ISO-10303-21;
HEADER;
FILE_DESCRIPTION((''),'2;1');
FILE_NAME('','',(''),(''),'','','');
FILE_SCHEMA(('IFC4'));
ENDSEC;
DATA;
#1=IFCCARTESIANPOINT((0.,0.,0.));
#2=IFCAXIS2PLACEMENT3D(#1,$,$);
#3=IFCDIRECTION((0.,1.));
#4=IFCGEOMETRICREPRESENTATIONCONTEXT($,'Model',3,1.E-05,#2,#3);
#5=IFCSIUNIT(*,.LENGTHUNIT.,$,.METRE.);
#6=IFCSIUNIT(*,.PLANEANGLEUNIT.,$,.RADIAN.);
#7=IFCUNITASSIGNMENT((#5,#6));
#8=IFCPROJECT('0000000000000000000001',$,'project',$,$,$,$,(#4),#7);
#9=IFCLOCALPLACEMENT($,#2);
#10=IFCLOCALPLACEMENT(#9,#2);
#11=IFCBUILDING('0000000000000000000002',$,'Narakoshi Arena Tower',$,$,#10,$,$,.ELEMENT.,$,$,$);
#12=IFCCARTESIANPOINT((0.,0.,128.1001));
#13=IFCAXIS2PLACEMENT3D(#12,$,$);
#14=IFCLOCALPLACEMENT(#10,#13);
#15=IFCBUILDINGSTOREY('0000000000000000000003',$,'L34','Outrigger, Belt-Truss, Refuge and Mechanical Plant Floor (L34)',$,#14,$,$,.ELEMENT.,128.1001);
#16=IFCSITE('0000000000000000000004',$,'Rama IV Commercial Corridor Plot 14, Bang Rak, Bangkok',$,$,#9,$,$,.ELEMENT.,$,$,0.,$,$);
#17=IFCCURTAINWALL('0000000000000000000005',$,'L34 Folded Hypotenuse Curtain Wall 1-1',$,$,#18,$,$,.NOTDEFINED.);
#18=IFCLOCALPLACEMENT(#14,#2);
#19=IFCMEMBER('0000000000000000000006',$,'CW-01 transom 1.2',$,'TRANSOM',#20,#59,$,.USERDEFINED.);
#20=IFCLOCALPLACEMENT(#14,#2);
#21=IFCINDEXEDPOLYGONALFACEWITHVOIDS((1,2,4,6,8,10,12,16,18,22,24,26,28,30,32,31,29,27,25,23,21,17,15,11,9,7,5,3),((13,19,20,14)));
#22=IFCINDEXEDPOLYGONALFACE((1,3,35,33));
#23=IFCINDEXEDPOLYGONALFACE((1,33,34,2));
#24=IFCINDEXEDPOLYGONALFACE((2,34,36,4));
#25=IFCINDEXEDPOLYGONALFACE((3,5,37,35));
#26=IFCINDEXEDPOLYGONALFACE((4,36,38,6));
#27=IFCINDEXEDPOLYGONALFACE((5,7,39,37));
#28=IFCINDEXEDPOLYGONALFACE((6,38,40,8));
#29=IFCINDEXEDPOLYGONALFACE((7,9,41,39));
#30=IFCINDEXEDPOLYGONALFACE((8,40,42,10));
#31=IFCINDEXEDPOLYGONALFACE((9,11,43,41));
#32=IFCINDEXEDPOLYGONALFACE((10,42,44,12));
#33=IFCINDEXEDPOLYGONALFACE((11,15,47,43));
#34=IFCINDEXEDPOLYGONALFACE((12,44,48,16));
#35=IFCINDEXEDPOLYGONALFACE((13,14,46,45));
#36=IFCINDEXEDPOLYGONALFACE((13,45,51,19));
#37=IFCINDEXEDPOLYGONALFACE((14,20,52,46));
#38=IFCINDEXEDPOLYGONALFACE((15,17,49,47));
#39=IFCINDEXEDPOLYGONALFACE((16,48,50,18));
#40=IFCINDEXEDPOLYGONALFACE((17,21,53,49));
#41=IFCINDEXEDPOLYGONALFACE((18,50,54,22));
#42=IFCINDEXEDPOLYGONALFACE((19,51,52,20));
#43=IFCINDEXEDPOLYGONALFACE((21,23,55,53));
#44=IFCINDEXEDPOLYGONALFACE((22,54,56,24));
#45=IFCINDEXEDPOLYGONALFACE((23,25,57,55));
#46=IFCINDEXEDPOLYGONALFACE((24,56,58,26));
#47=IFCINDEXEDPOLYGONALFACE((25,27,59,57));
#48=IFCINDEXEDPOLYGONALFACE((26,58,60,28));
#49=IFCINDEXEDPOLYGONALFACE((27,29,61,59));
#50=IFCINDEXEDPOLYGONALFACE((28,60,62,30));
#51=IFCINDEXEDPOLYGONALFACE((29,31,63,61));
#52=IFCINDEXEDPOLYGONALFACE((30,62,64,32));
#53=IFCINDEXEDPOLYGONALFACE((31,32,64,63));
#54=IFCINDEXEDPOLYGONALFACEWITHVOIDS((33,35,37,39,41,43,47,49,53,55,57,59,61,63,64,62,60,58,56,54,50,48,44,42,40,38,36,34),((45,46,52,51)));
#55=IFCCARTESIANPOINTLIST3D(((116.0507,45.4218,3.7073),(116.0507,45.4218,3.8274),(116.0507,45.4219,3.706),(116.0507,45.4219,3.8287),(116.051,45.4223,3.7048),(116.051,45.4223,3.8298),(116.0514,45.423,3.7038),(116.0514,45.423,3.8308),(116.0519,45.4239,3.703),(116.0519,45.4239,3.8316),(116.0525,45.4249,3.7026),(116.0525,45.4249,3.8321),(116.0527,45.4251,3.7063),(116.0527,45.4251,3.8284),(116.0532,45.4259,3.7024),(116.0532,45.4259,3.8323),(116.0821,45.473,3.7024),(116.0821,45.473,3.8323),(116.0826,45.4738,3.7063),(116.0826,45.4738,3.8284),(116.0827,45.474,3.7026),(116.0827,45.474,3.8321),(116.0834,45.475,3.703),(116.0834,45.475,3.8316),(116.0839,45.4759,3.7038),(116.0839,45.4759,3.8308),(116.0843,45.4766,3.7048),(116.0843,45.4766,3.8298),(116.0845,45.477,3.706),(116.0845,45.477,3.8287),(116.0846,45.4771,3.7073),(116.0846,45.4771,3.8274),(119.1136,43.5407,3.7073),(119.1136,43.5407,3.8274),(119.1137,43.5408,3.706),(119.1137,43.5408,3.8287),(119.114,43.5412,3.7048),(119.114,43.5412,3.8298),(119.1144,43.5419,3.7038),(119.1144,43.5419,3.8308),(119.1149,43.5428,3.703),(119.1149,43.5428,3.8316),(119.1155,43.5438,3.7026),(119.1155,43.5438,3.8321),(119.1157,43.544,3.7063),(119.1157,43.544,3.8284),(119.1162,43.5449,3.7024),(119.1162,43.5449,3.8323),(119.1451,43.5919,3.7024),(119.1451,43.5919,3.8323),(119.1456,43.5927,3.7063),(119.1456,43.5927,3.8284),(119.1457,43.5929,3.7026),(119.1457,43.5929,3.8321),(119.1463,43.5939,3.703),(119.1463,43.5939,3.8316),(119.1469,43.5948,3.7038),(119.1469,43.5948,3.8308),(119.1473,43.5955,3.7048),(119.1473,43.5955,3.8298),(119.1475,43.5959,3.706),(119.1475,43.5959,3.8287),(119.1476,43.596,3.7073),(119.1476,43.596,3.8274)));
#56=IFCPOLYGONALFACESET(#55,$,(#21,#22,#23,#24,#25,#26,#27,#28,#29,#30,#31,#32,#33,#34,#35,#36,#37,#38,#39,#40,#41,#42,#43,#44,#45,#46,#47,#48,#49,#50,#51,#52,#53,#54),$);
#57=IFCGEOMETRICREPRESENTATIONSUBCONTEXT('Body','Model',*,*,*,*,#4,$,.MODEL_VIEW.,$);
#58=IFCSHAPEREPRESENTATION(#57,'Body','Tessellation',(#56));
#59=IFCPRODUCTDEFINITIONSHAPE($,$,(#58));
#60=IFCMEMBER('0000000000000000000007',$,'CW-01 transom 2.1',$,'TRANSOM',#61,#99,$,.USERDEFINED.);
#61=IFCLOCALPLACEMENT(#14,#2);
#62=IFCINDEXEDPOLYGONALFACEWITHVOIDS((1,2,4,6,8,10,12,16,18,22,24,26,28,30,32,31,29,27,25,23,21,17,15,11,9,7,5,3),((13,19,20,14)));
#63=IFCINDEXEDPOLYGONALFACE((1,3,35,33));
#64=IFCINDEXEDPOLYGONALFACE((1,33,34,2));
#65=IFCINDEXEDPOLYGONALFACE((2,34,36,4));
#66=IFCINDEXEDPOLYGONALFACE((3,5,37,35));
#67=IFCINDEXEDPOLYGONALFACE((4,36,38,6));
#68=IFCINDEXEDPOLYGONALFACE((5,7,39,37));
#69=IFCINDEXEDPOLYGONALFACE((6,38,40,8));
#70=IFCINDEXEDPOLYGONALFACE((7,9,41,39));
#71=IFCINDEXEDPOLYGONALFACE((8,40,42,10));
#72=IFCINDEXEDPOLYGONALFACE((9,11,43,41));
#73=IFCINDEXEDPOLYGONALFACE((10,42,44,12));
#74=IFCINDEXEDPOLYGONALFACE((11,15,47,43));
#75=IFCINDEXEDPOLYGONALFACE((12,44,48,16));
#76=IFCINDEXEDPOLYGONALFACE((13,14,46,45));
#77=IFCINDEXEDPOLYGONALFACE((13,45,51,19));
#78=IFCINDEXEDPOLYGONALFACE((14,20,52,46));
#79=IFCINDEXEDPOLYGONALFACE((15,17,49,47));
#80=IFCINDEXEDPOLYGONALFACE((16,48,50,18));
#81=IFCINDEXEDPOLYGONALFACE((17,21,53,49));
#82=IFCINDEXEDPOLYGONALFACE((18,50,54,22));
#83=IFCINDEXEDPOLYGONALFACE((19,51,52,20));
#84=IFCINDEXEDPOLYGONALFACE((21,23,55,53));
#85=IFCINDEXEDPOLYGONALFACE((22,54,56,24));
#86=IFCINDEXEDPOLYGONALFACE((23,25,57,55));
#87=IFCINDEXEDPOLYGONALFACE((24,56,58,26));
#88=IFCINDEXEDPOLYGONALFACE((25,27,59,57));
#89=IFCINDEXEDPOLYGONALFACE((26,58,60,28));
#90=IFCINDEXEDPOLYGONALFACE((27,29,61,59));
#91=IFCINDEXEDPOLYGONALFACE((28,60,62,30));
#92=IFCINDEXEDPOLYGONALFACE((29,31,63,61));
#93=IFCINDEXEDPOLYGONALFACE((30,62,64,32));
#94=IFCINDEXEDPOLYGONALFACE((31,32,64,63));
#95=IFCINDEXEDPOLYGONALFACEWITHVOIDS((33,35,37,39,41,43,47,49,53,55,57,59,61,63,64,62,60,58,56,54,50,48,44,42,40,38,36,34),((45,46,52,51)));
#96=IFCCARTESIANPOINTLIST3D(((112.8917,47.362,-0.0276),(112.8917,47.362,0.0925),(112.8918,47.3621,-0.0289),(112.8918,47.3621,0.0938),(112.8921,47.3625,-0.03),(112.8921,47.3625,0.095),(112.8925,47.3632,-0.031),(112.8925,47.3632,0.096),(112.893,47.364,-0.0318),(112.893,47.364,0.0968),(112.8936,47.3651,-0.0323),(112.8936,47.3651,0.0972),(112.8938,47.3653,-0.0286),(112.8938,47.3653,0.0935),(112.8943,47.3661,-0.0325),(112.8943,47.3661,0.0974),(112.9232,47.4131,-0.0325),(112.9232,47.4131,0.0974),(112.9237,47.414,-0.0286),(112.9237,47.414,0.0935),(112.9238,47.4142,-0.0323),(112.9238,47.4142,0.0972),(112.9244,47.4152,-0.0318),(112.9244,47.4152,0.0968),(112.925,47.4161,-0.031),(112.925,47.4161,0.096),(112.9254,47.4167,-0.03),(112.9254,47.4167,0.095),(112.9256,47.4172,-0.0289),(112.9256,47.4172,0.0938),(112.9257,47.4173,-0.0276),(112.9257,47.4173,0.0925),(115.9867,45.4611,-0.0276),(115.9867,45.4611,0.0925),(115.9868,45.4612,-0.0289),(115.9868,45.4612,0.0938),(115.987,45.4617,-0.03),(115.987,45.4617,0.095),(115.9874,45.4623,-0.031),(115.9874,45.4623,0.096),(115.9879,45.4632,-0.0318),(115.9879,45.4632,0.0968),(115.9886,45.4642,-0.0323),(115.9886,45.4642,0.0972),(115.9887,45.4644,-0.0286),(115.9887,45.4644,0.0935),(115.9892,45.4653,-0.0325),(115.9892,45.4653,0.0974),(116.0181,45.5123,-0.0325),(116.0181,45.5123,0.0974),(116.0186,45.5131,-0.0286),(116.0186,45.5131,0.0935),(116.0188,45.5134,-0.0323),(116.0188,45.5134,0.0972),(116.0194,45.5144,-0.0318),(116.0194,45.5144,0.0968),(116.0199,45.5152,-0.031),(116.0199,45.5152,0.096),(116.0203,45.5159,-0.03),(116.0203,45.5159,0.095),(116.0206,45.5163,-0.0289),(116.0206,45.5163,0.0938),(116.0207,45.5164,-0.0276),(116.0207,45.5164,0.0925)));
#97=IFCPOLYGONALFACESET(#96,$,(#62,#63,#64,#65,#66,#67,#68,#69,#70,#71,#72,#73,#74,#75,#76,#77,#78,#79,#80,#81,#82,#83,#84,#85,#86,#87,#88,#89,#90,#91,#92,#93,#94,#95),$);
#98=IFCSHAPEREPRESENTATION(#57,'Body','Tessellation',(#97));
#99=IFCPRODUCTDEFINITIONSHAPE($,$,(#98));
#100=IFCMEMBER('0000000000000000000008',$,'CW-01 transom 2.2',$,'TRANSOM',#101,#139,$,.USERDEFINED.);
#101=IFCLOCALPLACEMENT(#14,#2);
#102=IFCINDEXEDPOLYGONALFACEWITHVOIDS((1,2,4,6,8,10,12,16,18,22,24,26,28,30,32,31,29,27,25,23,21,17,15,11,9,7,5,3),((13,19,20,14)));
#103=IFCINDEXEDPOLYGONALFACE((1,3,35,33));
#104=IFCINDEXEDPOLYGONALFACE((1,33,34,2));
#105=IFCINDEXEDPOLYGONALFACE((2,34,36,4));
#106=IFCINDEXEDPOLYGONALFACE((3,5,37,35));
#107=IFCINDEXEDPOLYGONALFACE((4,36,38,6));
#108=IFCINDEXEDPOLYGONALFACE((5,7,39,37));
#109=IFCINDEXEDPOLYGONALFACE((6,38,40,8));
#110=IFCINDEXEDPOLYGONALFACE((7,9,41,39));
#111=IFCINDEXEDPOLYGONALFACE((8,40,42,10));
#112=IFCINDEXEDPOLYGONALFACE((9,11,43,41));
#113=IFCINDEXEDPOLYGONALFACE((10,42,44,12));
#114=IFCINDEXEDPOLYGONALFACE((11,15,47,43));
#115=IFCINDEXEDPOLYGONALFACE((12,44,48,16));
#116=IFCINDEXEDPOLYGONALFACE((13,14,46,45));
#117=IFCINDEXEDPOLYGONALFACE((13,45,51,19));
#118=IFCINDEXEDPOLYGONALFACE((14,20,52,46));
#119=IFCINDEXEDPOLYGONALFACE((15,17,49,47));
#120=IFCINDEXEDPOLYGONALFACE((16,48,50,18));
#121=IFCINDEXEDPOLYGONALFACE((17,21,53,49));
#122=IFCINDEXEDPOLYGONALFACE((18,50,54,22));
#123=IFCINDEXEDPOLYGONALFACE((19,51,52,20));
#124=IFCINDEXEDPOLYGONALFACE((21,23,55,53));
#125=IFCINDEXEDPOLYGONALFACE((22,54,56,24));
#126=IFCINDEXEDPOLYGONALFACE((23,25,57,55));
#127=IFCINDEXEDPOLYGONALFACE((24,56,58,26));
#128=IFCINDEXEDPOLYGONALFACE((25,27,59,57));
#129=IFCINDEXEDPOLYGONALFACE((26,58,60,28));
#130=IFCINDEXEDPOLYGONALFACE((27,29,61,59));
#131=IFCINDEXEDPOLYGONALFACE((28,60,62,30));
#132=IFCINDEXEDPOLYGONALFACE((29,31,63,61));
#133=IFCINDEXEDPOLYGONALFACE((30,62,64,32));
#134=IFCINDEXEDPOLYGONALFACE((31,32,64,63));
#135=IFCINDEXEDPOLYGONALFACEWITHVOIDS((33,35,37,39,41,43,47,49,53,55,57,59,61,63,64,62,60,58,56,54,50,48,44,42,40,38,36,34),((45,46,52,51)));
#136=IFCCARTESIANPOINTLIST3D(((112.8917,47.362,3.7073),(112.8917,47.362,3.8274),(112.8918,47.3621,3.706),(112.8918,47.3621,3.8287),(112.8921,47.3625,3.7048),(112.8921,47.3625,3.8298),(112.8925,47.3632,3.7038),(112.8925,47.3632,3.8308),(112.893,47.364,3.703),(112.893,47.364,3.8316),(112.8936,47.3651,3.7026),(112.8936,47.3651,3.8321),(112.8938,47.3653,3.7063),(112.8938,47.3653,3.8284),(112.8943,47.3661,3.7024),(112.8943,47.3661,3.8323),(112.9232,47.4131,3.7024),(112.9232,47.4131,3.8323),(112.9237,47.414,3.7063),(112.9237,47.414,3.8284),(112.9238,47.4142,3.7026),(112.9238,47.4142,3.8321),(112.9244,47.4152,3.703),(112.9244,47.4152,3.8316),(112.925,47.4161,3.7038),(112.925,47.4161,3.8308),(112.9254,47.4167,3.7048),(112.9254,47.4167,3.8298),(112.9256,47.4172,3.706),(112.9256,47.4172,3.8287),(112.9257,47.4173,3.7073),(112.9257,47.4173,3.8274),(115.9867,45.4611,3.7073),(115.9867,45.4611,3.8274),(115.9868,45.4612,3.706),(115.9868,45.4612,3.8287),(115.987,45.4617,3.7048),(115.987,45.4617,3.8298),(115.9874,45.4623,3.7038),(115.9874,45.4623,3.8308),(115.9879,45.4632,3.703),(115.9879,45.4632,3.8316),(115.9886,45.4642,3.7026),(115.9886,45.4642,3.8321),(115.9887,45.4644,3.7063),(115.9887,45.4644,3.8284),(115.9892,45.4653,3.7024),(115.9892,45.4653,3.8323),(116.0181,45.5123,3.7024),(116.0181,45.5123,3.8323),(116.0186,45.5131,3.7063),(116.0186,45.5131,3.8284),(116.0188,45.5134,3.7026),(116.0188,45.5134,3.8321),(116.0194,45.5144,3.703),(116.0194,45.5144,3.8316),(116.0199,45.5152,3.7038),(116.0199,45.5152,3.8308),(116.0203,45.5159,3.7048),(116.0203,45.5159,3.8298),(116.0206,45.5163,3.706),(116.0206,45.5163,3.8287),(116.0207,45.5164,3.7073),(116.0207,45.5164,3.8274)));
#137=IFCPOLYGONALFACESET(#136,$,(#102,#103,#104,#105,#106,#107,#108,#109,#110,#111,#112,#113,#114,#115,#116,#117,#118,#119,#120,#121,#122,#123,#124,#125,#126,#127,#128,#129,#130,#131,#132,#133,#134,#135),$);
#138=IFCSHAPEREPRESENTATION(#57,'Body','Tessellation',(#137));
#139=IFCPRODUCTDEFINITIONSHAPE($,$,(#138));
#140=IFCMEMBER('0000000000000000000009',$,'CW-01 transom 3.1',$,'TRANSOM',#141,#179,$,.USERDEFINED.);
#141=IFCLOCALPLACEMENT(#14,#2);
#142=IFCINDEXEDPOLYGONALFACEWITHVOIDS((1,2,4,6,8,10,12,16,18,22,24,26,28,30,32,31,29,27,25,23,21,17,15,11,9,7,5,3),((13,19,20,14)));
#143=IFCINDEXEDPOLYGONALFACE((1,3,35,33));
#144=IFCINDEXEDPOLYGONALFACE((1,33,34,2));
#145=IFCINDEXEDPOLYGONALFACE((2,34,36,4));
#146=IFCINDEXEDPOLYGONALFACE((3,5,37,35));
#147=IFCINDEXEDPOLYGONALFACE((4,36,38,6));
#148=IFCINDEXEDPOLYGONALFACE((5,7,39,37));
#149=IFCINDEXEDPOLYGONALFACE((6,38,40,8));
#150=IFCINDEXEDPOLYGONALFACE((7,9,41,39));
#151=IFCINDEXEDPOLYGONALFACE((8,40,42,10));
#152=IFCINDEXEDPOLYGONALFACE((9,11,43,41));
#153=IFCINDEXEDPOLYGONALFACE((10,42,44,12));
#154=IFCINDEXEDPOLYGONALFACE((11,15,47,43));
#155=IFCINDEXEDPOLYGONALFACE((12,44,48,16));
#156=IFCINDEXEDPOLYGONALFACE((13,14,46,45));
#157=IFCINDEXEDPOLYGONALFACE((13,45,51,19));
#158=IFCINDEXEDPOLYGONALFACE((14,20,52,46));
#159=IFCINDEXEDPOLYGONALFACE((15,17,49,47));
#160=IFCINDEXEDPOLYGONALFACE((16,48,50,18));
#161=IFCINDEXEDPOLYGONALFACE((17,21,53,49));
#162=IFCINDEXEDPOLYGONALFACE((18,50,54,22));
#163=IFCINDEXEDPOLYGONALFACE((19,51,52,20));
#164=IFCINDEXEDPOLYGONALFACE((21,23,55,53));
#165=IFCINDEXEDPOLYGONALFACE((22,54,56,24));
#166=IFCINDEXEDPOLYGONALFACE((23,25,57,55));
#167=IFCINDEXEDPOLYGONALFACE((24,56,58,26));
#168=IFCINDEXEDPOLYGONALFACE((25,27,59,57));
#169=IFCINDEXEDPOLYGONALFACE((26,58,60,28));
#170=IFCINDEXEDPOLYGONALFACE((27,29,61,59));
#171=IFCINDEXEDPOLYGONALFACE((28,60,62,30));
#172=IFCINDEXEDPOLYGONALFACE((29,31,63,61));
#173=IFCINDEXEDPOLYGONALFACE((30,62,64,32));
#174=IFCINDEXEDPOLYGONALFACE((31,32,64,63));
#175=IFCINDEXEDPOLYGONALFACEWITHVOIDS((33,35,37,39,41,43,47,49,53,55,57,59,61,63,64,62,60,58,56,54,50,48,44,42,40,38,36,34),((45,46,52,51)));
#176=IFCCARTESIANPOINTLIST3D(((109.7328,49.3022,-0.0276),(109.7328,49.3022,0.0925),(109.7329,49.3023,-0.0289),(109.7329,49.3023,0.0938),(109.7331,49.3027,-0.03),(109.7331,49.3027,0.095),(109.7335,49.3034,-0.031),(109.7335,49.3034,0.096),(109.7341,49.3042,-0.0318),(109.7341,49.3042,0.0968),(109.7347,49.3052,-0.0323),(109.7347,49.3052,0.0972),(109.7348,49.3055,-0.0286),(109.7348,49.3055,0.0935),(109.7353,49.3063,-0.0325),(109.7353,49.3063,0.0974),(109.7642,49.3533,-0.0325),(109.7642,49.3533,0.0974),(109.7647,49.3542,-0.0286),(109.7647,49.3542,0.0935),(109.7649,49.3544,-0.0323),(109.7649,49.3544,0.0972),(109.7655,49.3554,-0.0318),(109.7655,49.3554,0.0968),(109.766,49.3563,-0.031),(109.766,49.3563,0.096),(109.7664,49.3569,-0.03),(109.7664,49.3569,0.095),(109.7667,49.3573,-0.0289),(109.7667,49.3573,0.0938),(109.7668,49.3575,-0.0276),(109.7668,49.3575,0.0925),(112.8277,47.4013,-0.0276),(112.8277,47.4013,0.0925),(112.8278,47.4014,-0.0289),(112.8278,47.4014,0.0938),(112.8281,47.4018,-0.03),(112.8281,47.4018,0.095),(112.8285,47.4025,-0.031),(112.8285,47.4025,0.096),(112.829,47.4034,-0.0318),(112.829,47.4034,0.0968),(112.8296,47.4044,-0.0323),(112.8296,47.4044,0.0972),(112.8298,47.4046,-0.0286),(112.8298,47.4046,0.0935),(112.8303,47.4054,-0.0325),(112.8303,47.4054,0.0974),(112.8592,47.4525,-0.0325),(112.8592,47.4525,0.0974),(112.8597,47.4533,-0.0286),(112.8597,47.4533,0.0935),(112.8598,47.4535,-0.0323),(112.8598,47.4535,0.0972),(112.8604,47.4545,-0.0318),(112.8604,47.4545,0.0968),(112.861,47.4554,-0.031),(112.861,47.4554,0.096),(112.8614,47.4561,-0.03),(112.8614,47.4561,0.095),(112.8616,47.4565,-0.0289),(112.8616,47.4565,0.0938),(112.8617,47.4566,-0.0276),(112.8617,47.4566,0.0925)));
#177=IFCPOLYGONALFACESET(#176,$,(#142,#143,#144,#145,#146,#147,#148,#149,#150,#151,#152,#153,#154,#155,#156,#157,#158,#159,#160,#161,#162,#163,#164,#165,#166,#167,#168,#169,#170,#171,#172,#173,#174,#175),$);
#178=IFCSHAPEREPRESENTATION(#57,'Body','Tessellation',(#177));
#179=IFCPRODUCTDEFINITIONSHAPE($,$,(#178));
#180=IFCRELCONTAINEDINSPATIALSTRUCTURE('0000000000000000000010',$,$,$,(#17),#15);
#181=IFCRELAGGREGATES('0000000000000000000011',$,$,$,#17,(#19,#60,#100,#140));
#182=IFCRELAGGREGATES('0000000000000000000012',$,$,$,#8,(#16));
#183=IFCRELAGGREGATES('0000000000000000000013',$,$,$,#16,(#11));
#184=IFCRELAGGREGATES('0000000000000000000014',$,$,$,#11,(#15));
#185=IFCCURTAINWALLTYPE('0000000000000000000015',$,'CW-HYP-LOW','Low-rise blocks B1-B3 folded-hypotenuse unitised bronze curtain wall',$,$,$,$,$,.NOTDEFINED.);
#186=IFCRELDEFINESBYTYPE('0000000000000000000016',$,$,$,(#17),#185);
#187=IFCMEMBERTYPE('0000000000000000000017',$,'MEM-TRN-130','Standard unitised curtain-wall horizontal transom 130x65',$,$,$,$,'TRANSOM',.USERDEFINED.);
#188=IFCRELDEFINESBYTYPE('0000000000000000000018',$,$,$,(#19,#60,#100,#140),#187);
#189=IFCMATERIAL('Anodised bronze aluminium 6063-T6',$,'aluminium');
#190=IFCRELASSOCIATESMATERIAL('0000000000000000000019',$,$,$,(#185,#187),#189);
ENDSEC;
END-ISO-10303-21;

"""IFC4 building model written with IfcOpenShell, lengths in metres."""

from ifc_helpers import new_model, si_unit, direction, frame, origin, origin_2d, place, context, subcontext, project, spatial, hollow_rectangle, extrude, material, material_profile, profile_set, type_object, element, aggregate, save


model = new_model("IFC4")

# Units and contexts
model_context = context("Model", 3, precision=1e-05, world=origin(), true_north=direction((0.0, 1.0)))
body_context = subcontext(model_context, "Body", "Model", "MODEL_VIEW")
ifc_project = project(units=[si_unit("LENGTHUNIT", "METRE"), si_unit("PLANEANGLEUNIT", "RADIAN")], contexts=[model_context])

# Site, building, storey
site_placement = place(None, origin())
site = spatial("IfcSite", under=ifc_project, at=site_placement, Name="Rama IV Commercial Corridor Plot 14, Bang Rak, Bangkok", CompositionType="ELEMENT", RefElevation=0.0)
building_placement = place(site_placement, origin())
building = spatial("IfcBuilding", under=site, at=building_placement, Name="Narakoshi Arena Tower", CompositionType="ELEMENT")
storey_placement = place(building_placement, frame((0.0, 0.0, 128.1001)))
storey = spatial("IfcBuildingStorey", under=building, at=storey_placement, Name="L34", Description="Outrigger, Belt-Truss, Refuge and Mechanical Plant Floor (L34)", CompositionType="ELEMENT", Elevation=128.1001)

# Curtain wall, members
ifc_material_1 = material(Name="Anodised bronze aluminium 6063-T6", Category="aluminium")
curtain_wall_type = type_object("IfcCurtainWallType", Name="CW-HYP-LOW", Description="Low-rise blocks B1-B3 folded-hypotenuse unitised bronze curtain wall", PredefinedType="NOTDEFINED", material=ifc_material_1)
curtain_wall_placement = place(storey_placement, origin())
curtain_wall = element("IfcCurtainWall", 1, at=curtain_wall_placement, inside=storey, type_object=curtain_wall_type, Name="L34 Folded Hypotenuse Curtain Wall 1-1", PredefinedType="NOTDEFINED")
ifc_material_profile_1 = material_profile(ifc_material_1, hollow_rectangle(XDim=0.0649, YDim=0.1299, WallThickness=0.0039, OuterFilletRadius=0.0049, at=origin_2d()), Name="TRN130x65x4")
ifc_profile_set_1 = profile_set([ifc_material_profile_1], Name="Anodised bronze aluminium 6063-T6")
member_type_1 = type_object("IfcMemberType", Name="MEM-TRN-130", Description="Standard unitised curtain-wall horizontal transom 130x65", ElementType="TRANSOM", PredefinedType="USERDEFINED", material=ifc_profile_set_1)
member_1_placement = place(storey_placement, frame((119.1306, 43.5684, 3.7673), z_axis=(-0.852131, 0.523328, 0.0), x_axis=(-0.523328, -0.852131, 0.0)))
member_1 = element("IfcMember", 2, at=member_1_placement, type_object=member_type_1, Name="CW-01 transom 1.2", ObjectType="TRANSOM", PredefinedType="USERDEFINED", context=body_context, shape_type="SweptSolid", body=[
    extrude(hollow_rectangle(XDim=0.0649, YDim=0.1299, WallThickness=0.0039, OuterFilletRadius=0.0049, at=origin_2d()), origin(), (0.0, 0.0, 1.0), 3.5945),
])
member_2_placement = place(storey_placement, frame((116.0037, 45.4888, 0.0325), z_axis=(-0.852115, 0.523355, 0.0), x_axis=(-0.523355, -0.852115, 0.0)))
member_2 = element("IfcMember", 3, at=member_2_placement, type_object=member_type_1, Name="CW-01 transom 2.1", ObjectType="TRANSOM", PredefinedType="USERDEFINED", context=body_context, shape_type="SweptSolid", body=[
    extrude(hollow_rectangle(XDim=0.0649, YDim=0.1299, WallThickness=0.0039, OuterFilletRadius=0.0049, at=origin_2d()), origin(), (0.0, 0.0, 1.0), 3.6321),
])
member_3_placement = place(storey_placement, frame((116.0037, 45.4888, 3.7673), z_axis=(-0.852115, 0.523355, 0.0), x_axis=(-0.523355, -0.852115, 0.0)))
member_3 = element("IfcMember", 4, at=member_3_placement, type_object=member_type_1, Name="CW-01 transom 2.2", ObjectType="TRANSOM", PredefinedType="USERDEFINED", context=body_context, shape_type="SweptSolid", body=[
    extrude(hollow_rectangle(XDim=0.0649, YDim=0.1299, WallThickness=0.0039, OuterFilletRadius=0.0049, at=origin_2d()), origin(), (0.0, 0.0, 1.0), 3.6321),
])
member_4_placement = place(storey_placement, frame((112.8447, 47.429, 0.0325), z_axis=(-0.852115, 0.523355, 0.0), x_axis=(-0.523355, -0.852115, 0.0)))
member_4 = element("IfcMember", 5, at=member_4_placement, type_object=member_type_1, Name="CW-01 transom 3.1", ObjectType="TRANSOM", PredefinedType="USERDEFINED", context=body_context, shape_type="SweptSolid", body=[
    extrude(hollow_rectangle(XDim=0.0649, YDim=0.1299, WallThickness=0.0039, OuterFilletRadius=0.0049, at=origin_2d()), origin(), (0.0, 0.0, 1.0), 3.6321),
])
aggregate(curtain_wall, [member_1, member_2, member_3, member_4])

save(model, "model.ifc")
